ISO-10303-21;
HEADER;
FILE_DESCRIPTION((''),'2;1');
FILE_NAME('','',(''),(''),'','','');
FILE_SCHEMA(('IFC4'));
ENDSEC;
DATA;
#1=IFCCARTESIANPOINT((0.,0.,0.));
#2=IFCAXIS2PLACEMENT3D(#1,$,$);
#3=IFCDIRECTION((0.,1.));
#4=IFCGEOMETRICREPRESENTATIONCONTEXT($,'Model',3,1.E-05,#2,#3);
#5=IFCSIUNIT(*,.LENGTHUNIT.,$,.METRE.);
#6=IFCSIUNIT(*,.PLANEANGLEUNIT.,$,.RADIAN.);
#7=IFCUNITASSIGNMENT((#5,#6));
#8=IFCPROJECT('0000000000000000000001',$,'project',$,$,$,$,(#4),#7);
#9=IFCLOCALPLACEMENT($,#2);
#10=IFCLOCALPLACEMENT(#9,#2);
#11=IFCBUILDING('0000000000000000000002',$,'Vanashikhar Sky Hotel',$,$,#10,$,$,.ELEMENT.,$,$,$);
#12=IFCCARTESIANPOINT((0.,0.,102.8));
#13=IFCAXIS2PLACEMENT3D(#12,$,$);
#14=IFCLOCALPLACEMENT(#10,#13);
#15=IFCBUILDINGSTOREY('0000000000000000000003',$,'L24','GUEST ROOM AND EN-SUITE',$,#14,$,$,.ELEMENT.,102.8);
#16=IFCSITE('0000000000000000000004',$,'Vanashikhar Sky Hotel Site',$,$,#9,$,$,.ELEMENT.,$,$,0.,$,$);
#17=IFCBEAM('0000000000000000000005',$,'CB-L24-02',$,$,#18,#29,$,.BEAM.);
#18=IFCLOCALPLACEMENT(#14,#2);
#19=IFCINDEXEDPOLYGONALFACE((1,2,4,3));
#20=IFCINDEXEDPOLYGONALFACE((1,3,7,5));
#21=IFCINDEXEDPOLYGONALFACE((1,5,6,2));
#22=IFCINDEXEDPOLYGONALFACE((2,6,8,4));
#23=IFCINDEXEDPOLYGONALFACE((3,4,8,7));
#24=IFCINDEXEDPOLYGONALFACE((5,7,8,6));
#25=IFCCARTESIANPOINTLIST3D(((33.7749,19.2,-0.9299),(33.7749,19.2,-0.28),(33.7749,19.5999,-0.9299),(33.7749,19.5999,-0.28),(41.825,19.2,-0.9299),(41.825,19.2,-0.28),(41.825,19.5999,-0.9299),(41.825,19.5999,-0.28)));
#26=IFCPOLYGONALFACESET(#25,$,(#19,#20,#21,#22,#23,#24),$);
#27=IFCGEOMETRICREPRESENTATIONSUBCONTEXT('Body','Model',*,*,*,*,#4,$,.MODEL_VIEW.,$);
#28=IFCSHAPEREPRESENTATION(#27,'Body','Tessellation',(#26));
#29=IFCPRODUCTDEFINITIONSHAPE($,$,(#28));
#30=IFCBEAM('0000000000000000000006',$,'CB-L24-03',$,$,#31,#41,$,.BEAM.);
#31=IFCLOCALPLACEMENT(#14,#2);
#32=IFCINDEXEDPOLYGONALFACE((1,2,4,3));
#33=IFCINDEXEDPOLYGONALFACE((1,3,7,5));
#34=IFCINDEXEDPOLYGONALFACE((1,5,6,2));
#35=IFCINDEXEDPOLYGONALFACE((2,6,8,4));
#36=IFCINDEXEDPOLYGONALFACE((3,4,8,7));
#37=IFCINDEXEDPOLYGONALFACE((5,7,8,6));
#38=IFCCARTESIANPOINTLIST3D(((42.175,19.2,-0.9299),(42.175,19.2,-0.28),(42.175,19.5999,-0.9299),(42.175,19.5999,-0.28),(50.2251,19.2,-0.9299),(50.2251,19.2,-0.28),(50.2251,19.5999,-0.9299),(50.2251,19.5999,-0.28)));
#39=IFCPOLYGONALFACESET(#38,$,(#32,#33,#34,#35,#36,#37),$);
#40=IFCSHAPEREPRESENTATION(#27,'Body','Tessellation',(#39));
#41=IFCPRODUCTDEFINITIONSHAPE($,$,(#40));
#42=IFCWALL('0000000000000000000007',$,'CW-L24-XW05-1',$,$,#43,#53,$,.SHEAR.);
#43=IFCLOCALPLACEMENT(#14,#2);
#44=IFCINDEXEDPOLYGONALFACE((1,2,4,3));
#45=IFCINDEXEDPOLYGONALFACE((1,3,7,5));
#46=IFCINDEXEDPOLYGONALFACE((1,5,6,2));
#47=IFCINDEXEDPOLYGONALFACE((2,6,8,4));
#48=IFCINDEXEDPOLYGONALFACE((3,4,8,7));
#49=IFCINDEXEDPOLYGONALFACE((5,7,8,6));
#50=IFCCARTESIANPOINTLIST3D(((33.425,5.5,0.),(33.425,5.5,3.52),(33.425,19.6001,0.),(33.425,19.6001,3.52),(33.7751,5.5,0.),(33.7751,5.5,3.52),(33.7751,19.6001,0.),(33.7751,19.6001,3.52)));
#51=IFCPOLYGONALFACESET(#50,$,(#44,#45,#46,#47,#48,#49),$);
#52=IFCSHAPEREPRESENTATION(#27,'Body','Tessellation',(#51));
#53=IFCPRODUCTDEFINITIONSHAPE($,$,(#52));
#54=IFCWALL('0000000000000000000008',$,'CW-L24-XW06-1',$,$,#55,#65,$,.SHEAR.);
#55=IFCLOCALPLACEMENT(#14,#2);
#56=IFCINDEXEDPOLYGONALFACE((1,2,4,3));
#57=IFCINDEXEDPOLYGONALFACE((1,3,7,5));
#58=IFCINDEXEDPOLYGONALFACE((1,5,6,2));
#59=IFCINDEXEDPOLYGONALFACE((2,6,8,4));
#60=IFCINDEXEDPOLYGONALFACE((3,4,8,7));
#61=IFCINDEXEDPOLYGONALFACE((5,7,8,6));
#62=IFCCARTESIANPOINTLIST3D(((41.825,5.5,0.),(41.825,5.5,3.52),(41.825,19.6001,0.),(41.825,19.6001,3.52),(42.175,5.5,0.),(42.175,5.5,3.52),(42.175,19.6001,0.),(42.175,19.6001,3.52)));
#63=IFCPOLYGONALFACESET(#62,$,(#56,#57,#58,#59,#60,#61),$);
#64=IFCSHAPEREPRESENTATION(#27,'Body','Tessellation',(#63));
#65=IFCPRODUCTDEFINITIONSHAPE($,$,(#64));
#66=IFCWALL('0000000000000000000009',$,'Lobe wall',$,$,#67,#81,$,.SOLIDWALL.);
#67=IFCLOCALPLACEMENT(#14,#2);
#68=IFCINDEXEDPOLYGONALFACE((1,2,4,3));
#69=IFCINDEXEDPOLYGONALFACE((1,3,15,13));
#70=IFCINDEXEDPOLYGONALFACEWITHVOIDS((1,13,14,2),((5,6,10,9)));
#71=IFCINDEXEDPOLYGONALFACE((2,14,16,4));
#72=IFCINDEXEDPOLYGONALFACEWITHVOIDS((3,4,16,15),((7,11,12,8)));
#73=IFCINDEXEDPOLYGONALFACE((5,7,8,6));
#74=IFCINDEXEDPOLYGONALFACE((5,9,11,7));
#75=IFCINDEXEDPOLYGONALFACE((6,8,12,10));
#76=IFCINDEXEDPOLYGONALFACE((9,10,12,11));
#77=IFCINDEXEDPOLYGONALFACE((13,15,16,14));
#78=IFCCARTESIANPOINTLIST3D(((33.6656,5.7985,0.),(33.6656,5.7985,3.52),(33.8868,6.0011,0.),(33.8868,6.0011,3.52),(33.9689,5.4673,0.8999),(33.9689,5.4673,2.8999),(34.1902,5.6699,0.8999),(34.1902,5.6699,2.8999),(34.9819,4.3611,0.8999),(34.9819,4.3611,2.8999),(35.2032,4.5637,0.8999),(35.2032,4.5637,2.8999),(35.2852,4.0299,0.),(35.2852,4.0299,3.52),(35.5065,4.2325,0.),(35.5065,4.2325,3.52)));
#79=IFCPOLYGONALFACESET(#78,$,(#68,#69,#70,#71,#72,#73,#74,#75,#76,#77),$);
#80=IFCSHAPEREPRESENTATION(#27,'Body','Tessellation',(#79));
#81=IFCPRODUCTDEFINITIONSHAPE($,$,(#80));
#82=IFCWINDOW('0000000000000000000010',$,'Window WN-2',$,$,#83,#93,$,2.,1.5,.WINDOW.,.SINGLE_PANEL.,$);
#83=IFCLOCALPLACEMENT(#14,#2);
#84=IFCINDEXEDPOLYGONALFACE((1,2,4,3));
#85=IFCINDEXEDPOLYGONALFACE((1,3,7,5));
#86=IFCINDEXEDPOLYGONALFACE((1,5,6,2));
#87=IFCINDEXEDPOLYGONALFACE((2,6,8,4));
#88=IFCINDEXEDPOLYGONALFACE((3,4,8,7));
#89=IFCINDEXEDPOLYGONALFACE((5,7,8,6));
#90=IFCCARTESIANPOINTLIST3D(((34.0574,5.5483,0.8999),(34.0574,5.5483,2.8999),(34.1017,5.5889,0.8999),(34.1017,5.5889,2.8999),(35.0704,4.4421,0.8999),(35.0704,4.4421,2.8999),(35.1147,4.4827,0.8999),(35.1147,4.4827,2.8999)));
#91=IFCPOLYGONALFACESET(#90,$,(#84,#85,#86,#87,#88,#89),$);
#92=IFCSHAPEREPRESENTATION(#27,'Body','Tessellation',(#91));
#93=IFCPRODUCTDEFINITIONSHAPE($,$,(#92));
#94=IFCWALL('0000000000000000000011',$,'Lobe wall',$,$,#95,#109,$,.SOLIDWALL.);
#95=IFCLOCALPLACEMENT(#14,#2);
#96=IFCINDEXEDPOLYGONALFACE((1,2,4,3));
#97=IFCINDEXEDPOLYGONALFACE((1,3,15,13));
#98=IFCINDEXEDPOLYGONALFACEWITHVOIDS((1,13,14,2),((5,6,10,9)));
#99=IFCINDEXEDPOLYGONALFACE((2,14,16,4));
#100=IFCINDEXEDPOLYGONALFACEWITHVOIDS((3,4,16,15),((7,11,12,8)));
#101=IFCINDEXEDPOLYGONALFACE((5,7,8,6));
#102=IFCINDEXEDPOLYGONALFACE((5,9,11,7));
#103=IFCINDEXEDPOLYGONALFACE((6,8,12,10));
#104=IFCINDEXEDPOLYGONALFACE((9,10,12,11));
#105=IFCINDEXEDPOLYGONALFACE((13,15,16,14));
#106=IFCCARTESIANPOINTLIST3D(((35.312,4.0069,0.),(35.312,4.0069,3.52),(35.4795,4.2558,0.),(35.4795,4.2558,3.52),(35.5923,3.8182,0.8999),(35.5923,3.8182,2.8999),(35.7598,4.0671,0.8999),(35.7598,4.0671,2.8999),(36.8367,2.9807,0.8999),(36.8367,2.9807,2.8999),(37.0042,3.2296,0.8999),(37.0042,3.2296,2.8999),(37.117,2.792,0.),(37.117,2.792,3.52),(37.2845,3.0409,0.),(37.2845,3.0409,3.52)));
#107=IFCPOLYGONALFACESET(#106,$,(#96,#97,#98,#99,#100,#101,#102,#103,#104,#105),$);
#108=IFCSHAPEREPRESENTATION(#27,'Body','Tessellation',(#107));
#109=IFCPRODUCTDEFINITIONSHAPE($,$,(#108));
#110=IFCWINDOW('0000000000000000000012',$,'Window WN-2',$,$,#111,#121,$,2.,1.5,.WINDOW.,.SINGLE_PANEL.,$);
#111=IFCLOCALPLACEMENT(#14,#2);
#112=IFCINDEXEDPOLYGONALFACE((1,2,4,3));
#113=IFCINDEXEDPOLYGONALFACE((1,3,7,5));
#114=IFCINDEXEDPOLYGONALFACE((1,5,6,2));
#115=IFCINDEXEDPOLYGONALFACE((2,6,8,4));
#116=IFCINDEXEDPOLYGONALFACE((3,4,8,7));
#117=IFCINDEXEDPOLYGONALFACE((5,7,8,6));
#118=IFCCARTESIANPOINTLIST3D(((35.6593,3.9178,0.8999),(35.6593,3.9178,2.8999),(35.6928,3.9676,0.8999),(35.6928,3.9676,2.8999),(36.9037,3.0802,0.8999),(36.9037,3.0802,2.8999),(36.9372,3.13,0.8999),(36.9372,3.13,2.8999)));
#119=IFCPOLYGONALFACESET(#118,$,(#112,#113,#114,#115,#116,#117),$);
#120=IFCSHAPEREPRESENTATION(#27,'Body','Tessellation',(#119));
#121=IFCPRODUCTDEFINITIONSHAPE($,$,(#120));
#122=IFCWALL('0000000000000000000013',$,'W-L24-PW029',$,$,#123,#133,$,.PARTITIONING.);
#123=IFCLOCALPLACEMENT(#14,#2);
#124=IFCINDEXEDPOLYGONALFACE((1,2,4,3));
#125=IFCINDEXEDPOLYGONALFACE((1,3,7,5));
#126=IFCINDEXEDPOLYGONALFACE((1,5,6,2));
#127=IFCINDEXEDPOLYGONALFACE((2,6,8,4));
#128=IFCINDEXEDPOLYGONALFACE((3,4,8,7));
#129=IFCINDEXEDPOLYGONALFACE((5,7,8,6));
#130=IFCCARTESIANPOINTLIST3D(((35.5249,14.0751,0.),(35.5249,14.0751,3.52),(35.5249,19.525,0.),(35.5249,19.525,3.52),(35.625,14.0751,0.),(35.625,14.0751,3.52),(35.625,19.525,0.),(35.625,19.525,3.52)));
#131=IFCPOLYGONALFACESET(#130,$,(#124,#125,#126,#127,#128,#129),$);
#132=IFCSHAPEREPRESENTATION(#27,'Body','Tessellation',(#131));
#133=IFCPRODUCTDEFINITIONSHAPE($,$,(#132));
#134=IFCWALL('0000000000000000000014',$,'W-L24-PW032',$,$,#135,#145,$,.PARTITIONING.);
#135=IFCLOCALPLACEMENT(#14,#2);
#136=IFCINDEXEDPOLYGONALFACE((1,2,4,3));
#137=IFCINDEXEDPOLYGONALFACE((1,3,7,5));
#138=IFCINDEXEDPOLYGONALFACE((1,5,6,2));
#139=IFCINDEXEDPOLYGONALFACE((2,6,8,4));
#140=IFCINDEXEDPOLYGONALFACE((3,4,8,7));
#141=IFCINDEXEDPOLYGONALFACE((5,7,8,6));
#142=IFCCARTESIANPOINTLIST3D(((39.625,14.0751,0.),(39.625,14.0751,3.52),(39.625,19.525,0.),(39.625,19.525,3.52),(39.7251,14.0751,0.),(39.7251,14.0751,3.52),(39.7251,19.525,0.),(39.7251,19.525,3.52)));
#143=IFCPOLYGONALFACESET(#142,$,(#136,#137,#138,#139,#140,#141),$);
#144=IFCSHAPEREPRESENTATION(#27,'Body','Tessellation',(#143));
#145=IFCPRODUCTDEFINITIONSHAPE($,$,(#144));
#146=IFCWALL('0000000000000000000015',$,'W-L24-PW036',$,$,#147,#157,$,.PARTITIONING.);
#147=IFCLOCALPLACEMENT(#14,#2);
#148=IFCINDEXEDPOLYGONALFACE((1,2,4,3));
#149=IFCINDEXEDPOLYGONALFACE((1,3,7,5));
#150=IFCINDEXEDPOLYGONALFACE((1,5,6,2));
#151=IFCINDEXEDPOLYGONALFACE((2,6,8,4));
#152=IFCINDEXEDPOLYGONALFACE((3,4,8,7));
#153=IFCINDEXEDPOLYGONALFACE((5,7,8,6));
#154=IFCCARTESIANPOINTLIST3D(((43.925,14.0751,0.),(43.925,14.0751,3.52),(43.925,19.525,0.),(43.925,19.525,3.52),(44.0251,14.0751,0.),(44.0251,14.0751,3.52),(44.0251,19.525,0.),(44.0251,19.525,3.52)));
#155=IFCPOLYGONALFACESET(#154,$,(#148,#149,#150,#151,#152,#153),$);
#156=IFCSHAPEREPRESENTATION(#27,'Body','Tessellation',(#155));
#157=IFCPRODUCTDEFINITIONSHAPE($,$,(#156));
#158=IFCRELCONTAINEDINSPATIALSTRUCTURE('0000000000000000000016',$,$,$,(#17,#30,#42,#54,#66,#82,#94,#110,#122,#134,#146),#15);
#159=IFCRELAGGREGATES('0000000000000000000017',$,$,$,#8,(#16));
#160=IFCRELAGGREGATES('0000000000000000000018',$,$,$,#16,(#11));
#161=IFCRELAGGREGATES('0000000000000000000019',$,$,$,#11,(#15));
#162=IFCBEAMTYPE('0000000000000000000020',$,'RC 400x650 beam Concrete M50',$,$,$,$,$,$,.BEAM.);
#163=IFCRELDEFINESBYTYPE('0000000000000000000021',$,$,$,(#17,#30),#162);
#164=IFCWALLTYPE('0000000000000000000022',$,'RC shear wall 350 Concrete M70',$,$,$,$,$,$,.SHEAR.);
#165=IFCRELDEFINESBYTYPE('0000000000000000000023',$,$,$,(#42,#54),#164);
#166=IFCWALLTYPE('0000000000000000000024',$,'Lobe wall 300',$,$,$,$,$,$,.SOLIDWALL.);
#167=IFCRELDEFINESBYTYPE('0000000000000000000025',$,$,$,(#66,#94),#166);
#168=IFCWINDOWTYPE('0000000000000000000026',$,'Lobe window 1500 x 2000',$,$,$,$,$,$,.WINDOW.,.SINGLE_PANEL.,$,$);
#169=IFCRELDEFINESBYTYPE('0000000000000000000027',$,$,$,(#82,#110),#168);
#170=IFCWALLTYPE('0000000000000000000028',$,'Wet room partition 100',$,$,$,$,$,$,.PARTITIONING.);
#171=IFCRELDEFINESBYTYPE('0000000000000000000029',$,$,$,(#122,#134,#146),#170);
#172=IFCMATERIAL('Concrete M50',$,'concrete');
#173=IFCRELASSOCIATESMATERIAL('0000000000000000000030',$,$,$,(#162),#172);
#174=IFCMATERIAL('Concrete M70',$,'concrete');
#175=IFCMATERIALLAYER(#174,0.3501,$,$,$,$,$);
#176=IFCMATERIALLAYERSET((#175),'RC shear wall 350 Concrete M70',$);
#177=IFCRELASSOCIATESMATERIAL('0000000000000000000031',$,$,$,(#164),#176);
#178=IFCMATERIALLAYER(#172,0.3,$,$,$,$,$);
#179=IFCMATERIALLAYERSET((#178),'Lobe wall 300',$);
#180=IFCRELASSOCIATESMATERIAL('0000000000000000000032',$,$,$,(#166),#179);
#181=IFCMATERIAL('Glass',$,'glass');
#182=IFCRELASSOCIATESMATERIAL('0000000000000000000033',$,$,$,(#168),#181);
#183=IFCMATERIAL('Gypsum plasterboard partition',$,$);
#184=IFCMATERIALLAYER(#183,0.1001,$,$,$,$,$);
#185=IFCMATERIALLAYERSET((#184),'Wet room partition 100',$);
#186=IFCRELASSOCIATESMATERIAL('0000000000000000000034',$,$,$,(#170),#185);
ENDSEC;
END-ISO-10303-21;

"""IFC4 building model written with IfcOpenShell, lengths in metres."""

from ifc_helpers import new_model, si_unit, direction, frame, frame_2d, origin, origin_2d, place, context, subcontext, project, spatial, rectangle, extrude, source, transform, mapped, material, layer, layer_set, material_profile, profile_set, type_object, element, fill, save


model = new_model("IFC4")

# Units and contexts
model_context = context("Model", 3, precision=1e-05, world=origin(), true_north=direction((0.0, 1.0)))
body_context = subcontext(model_context, "Body", "Model", "MODEL_VIEW")
ifc_project = project(units=[si_unit("LENGTHUNIT", "METRE"), si_unit("PLANEANGLEUNIT", "RADIAN")], contexts=[model_context])

# Site, building, storey
site_placement = place(None, origin())
site = spatial("IfcSite", under=ifc_project, at=site_placement, Name="Vanashikhar Sky Hotel Site", CompositionType="ELEMENT", RefElevation=0.0)
building_placement = place(site_placement, origin())
building = spatial("IfcBuilding", under=site, at=building_placement, Name="Vanashikhar Sky Hotel", CompositionType="ELEMENT")
storey_placement = place(building_placement, frame((0.0, 0.0, 102.8)))
storey = spatial("IfcBuildingStorey", under=building, at=storey_placement, Name="L24", Description="GUEST ROOM AND EN-SUITE", CompositionType="ELEMENT", Elevation=102.8)

# Beams
ifc_material_1 = material(Name="Concrete M50", Category="concrete")
ifc_material_profile = material_profile(ifc_material_1, rectangle(XDim=0.3999, YDim=0.6499, at=origin_2d()))
ifc_profile_set = profile_set([ifc_material_profile], Name="RC 400x650 beam Concrete M50")
beam_type = type_object("IfcBeamType", Name="RC 400x650 beam Concrete M50", PredefinedType="BEAM", material=ifc_profile_set)
shared_shape_1 = source(origin(), body_context, "Body", "SweptSolid", [
    extrude(rectangle(XDim=0.3999, YDim=0.6499, at=origin_2d()), origin(), (0.0, 0.0, 1.0), 8.05),
])
for number, where, z_axis, x_axis, name in (
    (1, (33.7749, 19.3999, -0.605), (1.0, 0.0, 0.0), (0.0, 1.0, 0.0), "CB-L24-02"),
    (2, (42.175, 19.3999, -0.605), (1.0, 0.0, 0.0), (0.0, 1.0, 0.0), "CB-L24-03"),
):
    element("IfcBeam", number, at=place(storey_placement, frame(where, z_axis=z_axis, x_axis=x_axis)), inside=storey, type_object=beam_type, Name=name, PredefinedType="BEAM", context=body_context, shape_type="MappedRepresentation", body=[
        mapped(shared_shape_1, transform((0.0, 0.0, 0.0), scale=1.0)),
    ])

# Walls
ifc_material_2 = material(Name="Concrete M70", Category="concrete")
ifc_layer_1 = layer(ifc_material_2, 0.3501)
ifc_layer_set_1 = layer_set([ifc_layer_1], Name="RC shear wall 350 Concrete M70")
wall_type_1 = type_object("IfcWallType", Name="RC shear wall 350 Concrete M70", PredefinedType="SHEAR", material=ifc_layer_set_1)
shared_shape_2 = source(origin(), body_context, "Body", "SweptSolid", [
    extrude(rectangle(XDim=14.1001, YDim=0.3501, at=frame_2d((7.05, 0.0))), origin(), (0.0, 0.0, 1.0), 3.52),
])
for number, where, z_axis, x_axis, name in (
    (3, (33.6001, 5.5, 0.0), (0.0, 0.0, 1.0), (0.0, 1.0, 0.0), "CW-L24-XW05-1"),
    (4, (42.0, 5.5, 0.0), (0.0, 0.0, 1.0), (0.0, 1.0, 0.0), "CW-L24-XW06-1"),
):
    element("IfcWall", number, at=place(storey_placement, frame(where, z_axis=z_axis, x_axis=x_axis)), inside=storey, type_object=wall_type_1, Name=name, PredefinedType="SHEAR", context=body_context, shape_type="MappedRepresentation", body=[
        mapped(shared_shape_2, transform((0.0, 0.0, 0.0), scale=1.0)),
    ])

# Walls, openings, windows
ifc_layer_2 = layer(ifc_material_1, 0.3)
ifc_layer_set_2 = layer_set([ifc_layer_2], Name="Lobe wall 300")
wall_type_2 = type_object("IfcWallType", Name="Lobe wall 300", PredefinedType="SOLIDWALL", material=ifc_layer_set_2)
shared_shape_3 = source(origin(), body_context, "Body", "SweptSolid", [
    extrude(rectangle(XDim=2.3982, YDim=0.3, at=frame_2d((1.1992, 0.0))), origin(), (0.0, 0.0, 1.0), 3.52),
])
wall_1_placement = place(storey_placement, frame((33.7761, 5.8999, 0.0), z_axis=(0.0, 0.0, 1.0), x_axis=(0.675374, -0.737475, 0.0)))
wall_1 = element("IfcWall", 5, at=wall_1_placement, inside=storey, type_object=wall_type_2, Name="Lobe wall", PredefinedType="SOLIDWALL", context=body_context, shape_type="MappedRepresentation", body=[
    mapped(shared_shape_3, transform((0.0, 0.0, 0.0), scale=1.0)),
])
shared_shape_4 = source(origin(), body_context, "Body", "SweptSolid", [
    extrude(rectangle(XDim=1.5, YDim=2.0, at=frame_2d((0.75, 1.0))), frame((0.0, 0.1602, 0.0), z_axis=(0.0, -1.0, 0.0), x_axis=(1.0, 0.0, 0.0)), (0.0, 0.0, 1.0), 0.3201),
])
opening_1_placement = place(wall_1_placement, frame((0.4492, 0.0, 0.8999)))
opening_1 = element("IfcOpeningElement", 6, at=opening_1_placement, cuts=wall_1, PredefinedType="OPENING", context=body_context, shape_type="MappedRepresentation", body=[
    mapped(shared_shape_4, transform((0.0, 0.0, 0.0), scale=1.0)),
])
ifc_material_3 = material(Name="Glass", Category="glass")
window_type = type_object("IfcWindowType", Name="Lobe window 1500 x 2000", PartitioningType="SINGLE_PANEL", PredefinedType="WINDOW", material=ifc_material_3)
shared_shape_5 = source(origin(), body_context, "Body", "SweptSolid", [
    extrude(rectangle(XDim=1.5, YDim=2.0, at=frame_2d((0.75, 1.0))), frame((0.0, 0.03, 0.0), z_axis=(0.0, -1.0, 0.0), x_axis=(1.0, 0.0, 0.0)), (0.0, 0.0, 1.0), 0.0601),
])
window_1_placement = place(opening_1_placement, origin())
window_1 = element("IfcWindow", 7, at=window_1_placement, inside=storey, type_object=window_type, Name="Window WN-2", OverallHeight=2.0, OverallWidth=1.5, PartitioningType="SINGLE_PANEL", PredefinedType="WINDOW", context=body_context, shape_type="MappedRepresentation", body=[
    mapped(shared_shape_5, transform((0.0, 0.0, 0.0), scale=1.0)),
])
fill(opening_1, window_1)
shared_shape_6 = source(origin(), body_context, "Body", "SweptSolid", [
    extrude(rectangle(XDim=2.1758, YDim=0.3, at=frame_2d((1.0879, 0.0))), origin(), (0.0, 0.0, 1.0), 3.52),
])
wall_2_placement = place(storey_placement, frame((35.3958, 4.1313, 0.0), z_axis=(0.0, 0.0, 1.0), x_axis=(0.829591, -0.558372, 0.0)))
wall_2 = element("IfcWall", 8, at=wall_2_placement, inside=storey, type_object=wall_type_2, Name="Lobe wall", PredefinedType="SOLIDWALL", context=body_context, shape_type="MappedRepresentation", body=[
    mapped(shared_shape_6, transform((0.0, 0.0, 0.0), scale=1.0)),
])
opening_2_placement = place(wall_2_placement, frame((0.3379, 0.0, 0.8999)))
opening_2 = element("IfcOpeningElement", 9, at=opening_2_placement, cuts=wall_2, PredefinedType="OPENING", context=body_context, shape_type="MappedRepresentation", body=[
    mapped(shared_shape_4, transform((0.0, 0.0, 0.0), scale=1.0)),
])
window_2_placement = place(opening_2_placement, origin())
window_2 = element("IfcWindow", 10, at=window_2_placement, inside=storey, type_object=window_type, Name="Window WN-2", OverallHeight=2.0, OverallWidth=1.5, PartitioningType="SINGLE_PANEL", PredefinedType="WINDOW", context=body_context, shape_type="MappedRepresentation", body=[
    mapped(shared_shape_5, transform((0.0, 0.0, 0.0), scale=1.0)),
])
fill(opening_2, window_2)

# Walls
ifc_material_4 = material(Name="Gypsum plasterboard partition")
ifc_layer_3 = layer(ifc_material_4, 0.1001)
ifc_layer_set_3 = layer_set([ifc_layer_3], Name="Wet room partition 100")
wall_type_3 = type_object("IfcWallType", Name="Wet room partition 100", PredefinedType="PARTITIONING", material=ifc_layer_set_3)
shared_shape_7 = source(origin(), body_context, "Body", "SweptSolid", [
    extrude(rectangle(XDim=5.45, YDim=0.1001, at=frame_2d((2.7251, 0.0))), origin(), (0.0, 0.0, 1.0), 3.52),
])
for number, where, z_axis, x_axis, name in (
    (11, (35.575, 14.075, 0.0), (0.0, 0.0, 1.0), (0.0, 1.0, 0.0), "W-L24-PW029"),
    (12, (39.675, 14.075, 0.0), (0.0, 0.0, 1.0), (0.0, 1.0, 0.0), "W-L24-PW032"),
    (13, (43.9751, 14.075, 0.0), (0.0, 0.0, 1.0), (0.0, 1.0, 0.0), "W-L24-PW036"),
):
    element("IfcWall", number, at=place(storey_placement, frame(where, z_axis=z_axis, x_axis=x_axis)), inside=storey, type_object=wall_type_3, Name=name, PredefinedType="PARTITIONING", context=body_context, shape_type="MappedRepresentation", body=[
        mapped(shared_shape_7, transform((0.0, 0.0, 0.0), scale=1.0)),
    ])

save(model, "model.ifc")
